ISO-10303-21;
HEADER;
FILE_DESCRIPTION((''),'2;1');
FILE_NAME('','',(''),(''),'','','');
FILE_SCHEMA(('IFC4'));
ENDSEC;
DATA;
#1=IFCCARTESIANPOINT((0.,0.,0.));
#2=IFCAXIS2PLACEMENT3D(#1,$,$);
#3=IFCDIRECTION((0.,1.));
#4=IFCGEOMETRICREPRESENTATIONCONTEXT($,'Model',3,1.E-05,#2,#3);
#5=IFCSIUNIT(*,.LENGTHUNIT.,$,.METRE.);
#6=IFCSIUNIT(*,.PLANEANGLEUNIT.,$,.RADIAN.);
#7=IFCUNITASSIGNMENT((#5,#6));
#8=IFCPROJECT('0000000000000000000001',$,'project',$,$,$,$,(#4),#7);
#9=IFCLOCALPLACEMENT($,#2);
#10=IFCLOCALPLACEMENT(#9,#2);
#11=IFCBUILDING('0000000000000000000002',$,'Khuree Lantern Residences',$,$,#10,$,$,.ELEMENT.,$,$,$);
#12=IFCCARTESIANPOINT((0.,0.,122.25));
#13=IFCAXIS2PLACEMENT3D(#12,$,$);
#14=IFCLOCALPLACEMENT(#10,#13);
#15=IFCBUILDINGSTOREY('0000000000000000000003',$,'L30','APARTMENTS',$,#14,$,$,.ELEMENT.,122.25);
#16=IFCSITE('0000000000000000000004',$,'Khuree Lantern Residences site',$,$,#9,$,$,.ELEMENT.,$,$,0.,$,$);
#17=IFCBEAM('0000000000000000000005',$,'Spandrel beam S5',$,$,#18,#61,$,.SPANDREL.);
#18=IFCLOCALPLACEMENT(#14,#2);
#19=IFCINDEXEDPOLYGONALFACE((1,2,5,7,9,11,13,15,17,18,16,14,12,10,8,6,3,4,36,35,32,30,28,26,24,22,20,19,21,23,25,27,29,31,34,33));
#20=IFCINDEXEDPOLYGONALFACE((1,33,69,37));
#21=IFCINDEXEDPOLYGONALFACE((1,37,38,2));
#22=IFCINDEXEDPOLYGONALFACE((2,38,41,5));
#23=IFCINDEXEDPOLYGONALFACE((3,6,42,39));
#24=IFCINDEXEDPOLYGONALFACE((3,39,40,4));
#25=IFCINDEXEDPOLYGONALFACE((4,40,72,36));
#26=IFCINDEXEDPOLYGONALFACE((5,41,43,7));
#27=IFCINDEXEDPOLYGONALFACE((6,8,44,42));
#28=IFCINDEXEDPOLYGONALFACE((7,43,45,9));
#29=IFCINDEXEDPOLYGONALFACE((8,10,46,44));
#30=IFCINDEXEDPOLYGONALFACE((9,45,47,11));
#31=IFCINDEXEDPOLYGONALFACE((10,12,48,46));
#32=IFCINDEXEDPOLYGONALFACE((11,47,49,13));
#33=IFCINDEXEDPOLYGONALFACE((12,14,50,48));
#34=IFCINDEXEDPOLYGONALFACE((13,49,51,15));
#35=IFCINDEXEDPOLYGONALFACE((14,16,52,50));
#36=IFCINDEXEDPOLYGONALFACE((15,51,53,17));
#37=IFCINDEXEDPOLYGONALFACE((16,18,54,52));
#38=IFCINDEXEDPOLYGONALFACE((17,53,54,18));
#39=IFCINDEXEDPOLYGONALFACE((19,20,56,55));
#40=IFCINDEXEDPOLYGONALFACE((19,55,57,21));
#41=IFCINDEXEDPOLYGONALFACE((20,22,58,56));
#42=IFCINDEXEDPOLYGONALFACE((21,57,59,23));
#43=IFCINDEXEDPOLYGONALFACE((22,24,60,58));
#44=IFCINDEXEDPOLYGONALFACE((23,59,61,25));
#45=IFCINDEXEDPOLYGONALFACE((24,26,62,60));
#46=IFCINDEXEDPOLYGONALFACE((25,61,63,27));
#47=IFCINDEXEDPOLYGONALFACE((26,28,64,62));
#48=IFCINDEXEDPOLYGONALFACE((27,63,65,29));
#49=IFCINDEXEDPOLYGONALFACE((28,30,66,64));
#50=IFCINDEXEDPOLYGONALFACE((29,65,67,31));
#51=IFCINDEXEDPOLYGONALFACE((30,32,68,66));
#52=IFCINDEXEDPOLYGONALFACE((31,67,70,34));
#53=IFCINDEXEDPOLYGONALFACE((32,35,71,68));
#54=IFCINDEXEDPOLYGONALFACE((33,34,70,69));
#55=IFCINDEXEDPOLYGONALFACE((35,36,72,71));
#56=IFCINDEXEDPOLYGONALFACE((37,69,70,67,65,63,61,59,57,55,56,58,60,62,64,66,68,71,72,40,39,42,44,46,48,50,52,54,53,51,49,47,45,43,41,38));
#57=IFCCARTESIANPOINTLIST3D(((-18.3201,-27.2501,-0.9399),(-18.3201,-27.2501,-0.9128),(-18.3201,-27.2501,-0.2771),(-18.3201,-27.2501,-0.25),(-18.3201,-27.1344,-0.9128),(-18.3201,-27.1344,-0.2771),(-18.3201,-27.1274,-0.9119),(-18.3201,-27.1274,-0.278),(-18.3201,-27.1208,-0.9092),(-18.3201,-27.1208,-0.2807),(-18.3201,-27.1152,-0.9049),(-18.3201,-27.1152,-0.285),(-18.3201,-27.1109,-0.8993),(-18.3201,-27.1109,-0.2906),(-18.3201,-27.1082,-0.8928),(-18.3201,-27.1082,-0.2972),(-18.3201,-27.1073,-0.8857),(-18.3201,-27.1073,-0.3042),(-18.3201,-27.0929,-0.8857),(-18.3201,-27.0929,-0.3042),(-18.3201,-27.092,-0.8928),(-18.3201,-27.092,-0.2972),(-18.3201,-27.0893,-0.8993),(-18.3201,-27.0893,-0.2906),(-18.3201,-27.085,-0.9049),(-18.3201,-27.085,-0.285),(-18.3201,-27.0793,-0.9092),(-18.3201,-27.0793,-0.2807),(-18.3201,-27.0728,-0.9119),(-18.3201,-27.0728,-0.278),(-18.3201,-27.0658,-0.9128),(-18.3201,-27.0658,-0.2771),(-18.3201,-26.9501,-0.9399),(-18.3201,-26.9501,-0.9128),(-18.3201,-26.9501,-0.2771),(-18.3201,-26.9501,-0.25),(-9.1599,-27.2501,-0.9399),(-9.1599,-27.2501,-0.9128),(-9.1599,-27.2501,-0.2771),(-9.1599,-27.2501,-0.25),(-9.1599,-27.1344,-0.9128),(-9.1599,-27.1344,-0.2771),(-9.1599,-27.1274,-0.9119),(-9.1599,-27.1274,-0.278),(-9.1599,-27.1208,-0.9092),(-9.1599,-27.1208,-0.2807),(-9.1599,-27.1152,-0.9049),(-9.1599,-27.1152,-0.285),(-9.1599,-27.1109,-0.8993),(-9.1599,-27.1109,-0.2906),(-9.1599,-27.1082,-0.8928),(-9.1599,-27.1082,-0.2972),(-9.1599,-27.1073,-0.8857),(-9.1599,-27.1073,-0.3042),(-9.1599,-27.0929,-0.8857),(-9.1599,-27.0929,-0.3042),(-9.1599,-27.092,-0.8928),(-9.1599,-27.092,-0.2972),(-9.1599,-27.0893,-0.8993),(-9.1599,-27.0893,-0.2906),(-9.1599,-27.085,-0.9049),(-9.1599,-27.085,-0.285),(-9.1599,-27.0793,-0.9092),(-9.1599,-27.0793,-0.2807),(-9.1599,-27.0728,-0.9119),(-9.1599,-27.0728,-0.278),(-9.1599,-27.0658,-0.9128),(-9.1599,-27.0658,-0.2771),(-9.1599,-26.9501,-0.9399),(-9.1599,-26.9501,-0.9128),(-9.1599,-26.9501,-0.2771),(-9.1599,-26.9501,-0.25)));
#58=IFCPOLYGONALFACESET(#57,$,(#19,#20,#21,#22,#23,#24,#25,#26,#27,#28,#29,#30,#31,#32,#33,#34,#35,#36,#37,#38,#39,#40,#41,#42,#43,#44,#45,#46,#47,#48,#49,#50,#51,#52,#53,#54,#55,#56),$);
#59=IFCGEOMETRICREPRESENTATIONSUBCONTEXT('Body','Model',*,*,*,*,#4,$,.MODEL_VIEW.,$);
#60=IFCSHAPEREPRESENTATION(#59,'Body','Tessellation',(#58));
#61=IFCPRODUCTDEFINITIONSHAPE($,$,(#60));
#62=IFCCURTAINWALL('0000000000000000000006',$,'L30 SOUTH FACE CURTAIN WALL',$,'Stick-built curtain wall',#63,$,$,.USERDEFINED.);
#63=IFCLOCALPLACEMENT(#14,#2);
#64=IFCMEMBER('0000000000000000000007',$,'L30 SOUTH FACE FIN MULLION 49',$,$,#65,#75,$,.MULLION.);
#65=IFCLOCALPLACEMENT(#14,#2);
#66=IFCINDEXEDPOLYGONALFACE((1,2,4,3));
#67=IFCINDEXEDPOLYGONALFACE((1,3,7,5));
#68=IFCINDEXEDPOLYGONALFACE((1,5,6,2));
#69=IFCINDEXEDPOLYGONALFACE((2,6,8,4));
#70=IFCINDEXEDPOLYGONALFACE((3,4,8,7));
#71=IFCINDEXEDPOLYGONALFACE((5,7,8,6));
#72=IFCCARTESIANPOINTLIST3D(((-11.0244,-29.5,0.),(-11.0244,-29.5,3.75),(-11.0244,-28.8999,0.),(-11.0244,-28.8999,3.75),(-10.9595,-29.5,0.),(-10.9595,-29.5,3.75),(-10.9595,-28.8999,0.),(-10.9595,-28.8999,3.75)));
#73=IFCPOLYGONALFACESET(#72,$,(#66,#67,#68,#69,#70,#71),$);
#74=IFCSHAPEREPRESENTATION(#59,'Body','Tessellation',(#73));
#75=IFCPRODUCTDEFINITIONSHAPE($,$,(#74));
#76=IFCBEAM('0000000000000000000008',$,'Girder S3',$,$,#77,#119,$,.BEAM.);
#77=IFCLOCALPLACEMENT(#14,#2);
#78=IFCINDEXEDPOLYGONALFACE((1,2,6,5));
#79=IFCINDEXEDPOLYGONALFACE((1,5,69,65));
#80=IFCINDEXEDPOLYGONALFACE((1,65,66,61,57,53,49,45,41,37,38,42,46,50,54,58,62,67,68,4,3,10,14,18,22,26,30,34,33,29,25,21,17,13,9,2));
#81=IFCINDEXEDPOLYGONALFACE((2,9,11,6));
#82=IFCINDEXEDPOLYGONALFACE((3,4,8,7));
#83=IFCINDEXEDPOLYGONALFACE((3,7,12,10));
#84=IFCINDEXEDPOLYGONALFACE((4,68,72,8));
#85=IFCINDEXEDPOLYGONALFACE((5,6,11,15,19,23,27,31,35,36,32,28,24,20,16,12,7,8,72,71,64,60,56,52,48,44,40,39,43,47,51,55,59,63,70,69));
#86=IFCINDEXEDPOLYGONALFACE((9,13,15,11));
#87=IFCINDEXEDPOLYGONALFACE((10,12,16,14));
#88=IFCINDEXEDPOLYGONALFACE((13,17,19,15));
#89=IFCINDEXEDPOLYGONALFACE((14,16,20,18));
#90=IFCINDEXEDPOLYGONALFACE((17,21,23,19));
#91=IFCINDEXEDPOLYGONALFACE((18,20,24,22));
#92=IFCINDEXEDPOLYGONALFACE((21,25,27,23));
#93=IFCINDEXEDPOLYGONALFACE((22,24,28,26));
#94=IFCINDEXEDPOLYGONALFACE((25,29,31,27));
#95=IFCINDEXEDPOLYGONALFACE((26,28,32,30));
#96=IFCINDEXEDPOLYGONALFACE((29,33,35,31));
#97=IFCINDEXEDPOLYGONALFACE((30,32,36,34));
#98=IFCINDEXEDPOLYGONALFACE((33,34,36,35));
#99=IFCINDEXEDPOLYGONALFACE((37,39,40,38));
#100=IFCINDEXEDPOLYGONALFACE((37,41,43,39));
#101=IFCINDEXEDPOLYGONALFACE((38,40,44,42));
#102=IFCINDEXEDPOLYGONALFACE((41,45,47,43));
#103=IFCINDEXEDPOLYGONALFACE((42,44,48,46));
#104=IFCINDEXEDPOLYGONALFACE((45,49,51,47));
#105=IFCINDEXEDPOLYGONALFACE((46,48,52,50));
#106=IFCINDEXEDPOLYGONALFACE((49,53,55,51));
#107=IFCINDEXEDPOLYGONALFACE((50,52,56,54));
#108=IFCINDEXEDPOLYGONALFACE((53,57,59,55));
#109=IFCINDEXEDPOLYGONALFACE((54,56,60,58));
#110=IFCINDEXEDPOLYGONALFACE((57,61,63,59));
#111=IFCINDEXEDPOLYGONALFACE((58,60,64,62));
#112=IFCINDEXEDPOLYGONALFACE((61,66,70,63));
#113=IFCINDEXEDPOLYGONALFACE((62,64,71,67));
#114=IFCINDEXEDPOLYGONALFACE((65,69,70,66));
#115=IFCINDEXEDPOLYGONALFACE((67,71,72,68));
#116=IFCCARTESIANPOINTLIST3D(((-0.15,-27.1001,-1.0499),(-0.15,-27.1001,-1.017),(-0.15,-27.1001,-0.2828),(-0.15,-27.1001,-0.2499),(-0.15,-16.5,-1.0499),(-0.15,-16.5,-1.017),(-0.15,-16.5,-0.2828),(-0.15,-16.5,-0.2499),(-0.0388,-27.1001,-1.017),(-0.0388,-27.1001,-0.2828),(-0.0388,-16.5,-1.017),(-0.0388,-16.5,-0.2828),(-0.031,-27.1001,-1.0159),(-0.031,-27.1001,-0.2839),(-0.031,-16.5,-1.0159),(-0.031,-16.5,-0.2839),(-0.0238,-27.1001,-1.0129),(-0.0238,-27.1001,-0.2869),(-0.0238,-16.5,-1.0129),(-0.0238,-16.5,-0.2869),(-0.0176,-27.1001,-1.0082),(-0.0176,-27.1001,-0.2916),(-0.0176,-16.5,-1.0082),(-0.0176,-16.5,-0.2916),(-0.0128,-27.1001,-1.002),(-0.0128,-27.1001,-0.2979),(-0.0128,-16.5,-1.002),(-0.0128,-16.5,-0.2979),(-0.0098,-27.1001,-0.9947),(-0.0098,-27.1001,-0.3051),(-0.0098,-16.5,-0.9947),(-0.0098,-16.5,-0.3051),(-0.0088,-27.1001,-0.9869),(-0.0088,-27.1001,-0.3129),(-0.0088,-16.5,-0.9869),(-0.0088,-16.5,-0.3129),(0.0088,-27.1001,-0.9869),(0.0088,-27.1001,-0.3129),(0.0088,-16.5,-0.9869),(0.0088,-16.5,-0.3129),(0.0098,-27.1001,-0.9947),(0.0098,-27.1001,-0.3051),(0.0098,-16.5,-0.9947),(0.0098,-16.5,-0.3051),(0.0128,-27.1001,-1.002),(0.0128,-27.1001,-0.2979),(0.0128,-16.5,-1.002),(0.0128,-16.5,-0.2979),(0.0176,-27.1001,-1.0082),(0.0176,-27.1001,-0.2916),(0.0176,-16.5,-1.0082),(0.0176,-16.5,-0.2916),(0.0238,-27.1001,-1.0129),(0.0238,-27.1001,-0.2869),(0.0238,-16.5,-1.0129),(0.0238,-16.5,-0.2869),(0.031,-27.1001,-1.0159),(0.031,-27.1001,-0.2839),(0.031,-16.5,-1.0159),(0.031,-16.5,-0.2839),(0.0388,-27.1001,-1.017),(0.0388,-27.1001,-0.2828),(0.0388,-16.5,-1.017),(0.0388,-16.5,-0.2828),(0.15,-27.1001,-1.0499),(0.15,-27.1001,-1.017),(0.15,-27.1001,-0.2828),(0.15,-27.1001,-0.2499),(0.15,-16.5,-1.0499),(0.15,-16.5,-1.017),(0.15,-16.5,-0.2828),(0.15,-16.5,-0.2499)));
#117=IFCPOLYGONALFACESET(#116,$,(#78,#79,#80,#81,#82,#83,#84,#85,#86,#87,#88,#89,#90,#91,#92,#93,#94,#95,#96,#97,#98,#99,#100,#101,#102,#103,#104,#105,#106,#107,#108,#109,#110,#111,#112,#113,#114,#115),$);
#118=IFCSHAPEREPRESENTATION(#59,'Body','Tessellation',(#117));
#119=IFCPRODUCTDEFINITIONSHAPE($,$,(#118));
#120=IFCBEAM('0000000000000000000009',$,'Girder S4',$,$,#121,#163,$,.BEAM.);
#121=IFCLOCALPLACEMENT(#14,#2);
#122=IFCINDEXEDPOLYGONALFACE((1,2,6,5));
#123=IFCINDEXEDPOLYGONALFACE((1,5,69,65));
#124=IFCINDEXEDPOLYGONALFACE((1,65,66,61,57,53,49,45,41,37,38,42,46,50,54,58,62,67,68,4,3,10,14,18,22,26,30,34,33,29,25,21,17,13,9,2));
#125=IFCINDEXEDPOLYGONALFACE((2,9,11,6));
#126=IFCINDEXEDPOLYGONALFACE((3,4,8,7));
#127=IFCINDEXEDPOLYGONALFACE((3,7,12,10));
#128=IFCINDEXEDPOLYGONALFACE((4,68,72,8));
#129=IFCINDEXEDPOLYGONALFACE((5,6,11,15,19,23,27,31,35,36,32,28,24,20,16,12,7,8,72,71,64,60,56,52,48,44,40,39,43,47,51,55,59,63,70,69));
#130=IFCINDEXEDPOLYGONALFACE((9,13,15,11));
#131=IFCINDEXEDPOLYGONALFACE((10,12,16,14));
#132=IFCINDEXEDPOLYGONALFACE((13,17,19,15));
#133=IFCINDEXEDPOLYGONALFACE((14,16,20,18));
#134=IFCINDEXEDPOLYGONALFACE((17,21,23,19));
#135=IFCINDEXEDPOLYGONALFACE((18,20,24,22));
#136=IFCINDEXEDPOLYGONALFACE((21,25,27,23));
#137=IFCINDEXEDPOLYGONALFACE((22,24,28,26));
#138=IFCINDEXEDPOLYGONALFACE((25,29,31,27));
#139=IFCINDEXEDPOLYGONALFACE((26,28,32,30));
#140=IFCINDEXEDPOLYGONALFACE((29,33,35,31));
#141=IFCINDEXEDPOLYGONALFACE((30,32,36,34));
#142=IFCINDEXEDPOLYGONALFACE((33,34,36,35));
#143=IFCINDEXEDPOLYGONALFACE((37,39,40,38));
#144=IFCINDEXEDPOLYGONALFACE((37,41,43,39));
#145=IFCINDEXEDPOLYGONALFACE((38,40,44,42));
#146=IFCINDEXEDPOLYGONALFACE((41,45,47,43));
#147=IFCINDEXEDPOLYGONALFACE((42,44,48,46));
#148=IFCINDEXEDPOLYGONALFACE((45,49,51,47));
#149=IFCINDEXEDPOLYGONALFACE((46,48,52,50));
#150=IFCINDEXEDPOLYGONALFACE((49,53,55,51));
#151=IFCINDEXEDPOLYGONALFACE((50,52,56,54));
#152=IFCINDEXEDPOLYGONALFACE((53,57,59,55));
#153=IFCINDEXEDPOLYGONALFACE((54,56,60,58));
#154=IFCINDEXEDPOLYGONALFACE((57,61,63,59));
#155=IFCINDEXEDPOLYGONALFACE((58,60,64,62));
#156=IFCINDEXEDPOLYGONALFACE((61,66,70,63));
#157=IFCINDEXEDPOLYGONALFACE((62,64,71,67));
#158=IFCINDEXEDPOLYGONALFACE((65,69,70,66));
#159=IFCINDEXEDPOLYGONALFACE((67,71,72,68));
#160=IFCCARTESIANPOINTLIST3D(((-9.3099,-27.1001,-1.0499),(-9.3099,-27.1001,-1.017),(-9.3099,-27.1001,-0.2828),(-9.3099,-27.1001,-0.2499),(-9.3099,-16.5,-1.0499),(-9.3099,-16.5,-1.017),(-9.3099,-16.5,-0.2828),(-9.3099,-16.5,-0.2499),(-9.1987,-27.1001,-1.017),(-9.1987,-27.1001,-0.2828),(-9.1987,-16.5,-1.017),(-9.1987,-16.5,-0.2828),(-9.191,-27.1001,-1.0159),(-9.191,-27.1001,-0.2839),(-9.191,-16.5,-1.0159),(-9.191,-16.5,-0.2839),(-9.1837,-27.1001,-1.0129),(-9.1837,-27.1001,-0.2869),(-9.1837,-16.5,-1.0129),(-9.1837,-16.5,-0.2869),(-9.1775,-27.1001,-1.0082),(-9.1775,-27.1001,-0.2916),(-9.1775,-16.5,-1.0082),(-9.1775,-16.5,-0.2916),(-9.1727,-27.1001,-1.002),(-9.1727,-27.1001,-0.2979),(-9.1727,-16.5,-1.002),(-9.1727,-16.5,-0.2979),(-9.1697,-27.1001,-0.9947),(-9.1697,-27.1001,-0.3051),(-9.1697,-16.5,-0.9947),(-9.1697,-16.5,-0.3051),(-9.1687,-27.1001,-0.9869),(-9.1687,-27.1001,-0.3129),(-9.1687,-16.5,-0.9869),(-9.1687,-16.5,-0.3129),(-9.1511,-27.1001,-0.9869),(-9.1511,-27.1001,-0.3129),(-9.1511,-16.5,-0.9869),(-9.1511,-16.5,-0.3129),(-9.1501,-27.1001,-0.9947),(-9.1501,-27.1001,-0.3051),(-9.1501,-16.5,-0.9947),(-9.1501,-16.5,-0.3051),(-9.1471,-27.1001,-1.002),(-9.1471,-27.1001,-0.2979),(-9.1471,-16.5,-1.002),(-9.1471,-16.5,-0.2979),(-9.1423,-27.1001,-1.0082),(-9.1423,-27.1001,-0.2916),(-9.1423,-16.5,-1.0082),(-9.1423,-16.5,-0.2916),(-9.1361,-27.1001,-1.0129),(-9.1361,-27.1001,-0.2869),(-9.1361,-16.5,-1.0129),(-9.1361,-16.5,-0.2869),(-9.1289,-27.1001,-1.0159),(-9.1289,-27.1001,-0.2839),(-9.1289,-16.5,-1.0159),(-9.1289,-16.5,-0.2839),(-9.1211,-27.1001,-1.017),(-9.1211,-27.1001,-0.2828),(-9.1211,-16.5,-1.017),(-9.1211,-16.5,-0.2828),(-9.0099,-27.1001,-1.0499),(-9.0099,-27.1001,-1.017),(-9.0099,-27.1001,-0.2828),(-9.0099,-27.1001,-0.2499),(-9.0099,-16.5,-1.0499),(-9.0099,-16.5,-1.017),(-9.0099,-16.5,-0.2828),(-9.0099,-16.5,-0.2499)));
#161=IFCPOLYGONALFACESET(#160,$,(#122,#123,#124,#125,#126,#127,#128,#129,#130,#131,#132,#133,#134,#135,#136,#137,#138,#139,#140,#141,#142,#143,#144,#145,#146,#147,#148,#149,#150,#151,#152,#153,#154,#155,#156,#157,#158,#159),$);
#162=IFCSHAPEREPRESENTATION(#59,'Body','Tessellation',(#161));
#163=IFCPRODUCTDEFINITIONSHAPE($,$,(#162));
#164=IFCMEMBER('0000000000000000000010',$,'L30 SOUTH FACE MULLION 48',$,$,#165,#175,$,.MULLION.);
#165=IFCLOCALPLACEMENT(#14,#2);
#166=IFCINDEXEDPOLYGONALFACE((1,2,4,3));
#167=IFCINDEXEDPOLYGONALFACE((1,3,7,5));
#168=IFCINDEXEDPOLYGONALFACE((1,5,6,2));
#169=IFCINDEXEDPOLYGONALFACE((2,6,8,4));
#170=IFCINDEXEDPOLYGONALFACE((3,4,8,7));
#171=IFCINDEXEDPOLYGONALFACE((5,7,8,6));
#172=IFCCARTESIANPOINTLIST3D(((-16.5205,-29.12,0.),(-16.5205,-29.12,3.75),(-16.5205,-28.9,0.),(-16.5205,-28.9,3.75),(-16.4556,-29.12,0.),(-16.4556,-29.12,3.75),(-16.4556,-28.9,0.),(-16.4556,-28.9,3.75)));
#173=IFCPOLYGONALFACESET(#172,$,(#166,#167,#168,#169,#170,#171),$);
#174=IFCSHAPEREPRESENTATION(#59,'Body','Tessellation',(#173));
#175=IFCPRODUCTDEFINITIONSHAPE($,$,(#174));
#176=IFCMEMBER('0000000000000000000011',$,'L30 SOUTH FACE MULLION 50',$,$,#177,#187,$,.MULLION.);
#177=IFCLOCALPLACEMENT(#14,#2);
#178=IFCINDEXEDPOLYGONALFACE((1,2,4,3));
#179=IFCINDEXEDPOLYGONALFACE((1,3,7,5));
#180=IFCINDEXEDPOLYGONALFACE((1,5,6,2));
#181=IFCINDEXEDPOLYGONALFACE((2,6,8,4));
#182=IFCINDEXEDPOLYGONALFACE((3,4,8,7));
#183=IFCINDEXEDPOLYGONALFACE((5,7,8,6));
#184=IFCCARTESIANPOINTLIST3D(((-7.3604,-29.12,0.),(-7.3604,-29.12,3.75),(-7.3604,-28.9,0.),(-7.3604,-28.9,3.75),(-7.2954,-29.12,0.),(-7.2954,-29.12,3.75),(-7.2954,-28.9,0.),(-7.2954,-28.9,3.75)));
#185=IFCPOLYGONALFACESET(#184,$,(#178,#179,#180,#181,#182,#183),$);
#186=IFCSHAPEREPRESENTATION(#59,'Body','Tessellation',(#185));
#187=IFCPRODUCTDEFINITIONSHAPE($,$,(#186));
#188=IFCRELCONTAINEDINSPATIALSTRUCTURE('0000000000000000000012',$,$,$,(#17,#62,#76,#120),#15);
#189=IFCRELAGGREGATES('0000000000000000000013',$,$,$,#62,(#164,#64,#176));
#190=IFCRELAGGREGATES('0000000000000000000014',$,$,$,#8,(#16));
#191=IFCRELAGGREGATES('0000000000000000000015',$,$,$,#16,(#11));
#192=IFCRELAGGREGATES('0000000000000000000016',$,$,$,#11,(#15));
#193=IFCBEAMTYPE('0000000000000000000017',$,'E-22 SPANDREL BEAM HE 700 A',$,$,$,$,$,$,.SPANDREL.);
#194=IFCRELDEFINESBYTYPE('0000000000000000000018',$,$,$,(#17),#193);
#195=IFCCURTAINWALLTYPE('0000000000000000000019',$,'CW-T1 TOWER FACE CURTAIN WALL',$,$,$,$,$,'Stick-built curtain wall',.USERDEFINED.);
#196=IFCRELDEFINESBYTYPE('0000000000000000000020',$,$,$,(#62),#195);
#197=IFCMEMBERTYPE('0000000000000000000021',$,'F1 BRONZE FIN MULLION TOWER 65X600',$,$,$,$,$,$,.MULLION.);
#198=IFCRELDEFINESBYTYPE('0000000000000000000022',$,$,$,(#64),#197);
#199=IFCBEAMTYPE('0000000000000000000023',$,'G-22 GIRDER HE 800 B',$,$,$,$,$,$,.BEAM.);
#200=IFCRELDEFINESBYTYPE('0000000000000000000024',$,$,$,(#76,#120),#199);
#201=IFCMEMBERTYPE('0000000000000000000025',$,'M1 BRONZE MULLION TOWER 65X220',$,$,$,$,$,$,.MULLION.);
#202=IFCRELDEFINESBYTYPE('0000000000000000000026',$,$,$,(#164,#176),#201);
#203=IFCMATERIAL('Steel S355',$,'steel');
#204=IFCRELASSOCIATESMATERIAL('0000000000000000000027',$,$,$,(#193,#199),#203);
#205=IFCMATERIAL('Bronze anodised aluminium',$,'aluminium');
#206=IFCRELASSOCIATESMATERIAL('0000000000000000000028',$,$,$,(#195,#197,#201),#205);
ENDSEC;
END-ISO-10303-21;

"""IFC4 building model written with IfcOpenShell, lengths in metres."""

from ifc_helpers import new_model, si_unit, direction, frame, origin, origin_2d, place, context, subcontext, project, spatial, rectangle, i_section, extrude, material, material_profile, profile_set, type_object, element, aggregate, save


model = new_model("IFC4")

# Units and contexts
model_context = context("Model", 3, precision=1e-05, world=origin(), true_north=direction((0.0, 1.0)))
body_context = subcontext(model_context, "Body", "Model", "MODEL_VIEW")
ifc_project = project(units=[si_unit("LENGTHUNIT", "METRE"), si_unit("PLANEANGLEUNIT", "RADIAN")], contexts=[model_context])

# Site, building, storey
site_placement = place(None, origin())
site = spatial("IfcSite", under=ifc_project, at=site_placement, Name="Khuree Lantern Residences site", CompositionType="ELEMENT", RefElevation=0.0)
building_placement = place(site_placement, origin())
building = spatial("IfcBuilding", under=site, at=building_placement, Name="Khuree Lantern Residences", CompositionType="ELEMENT")
storey_placement = place(building_placement, frame((0.0, 0.0, 122.25)))
storey = spatial("IfcBuildingStorey", under=building, at=storey_placement, Name="L30", Description="APARTMENTS", CompositionType="ELEMENT", Elevation=122.25)

# Beam
ifc_material_1 = material(Name="Steel S355", Category="steel")
ifc_material_profile_1 = material_profile(ifc_material_1, i_section(OverallWidth=0.3, OverallDepth=0.6899, WebThickness=0.0144, FlangeThickness=0.0271, FilletRadius=0.0271, at=origin_2d()), Name="HE 700 A")
ifc_profile_set_1 = profile_set([ifc_material_profile_1], Name="Steel S355")
beam_type_1 = type_object("IfcBeamType", Name="E-22 SPANDREL BEAM HE 700 A", PredefinedType="SPANDREL", material=ifc_profile_set_1)
beam_1_placement = place(storey_placement, frame((-9.1599, -27.1001, -0.595), z_axis=(-1.0, 0.0, 0.0), x_axis=(0.0, -1.0, 0.0)))
element("IfcBeam", 1, at=beam_1_placement, inside=storey, type_object=beam_type_1, Name="Spandrel beam S5", PredefinedType="SPANDREL", context=body_context, shape_type="SweptSolid", body=[
    extrude(i_section(OverallWidth=0.3, OverallDepth=0.6899, WebThickness=0.0144, FlangeThickness=0.0271, FilletRadius=0.0271, at=origin_2d()), origin(), (0.0, 0.0, 1.0), 9.1602),
])

# Curtain wall, member
ifc_material_2 = material(Name="Bronze anodised aluminium", Category="aluminium")
curtain_wall_type = type_object("IfcCurtainWallType", Name="CW-T1 TOWER FACE CURTAIN WALL", ElementType="Stick-built curtain wall", PredefinedType="USERDEFINED", material=ifc_material_2)
curtain_wall_placement = place(storey_placement, origin())
curtain_wall = element("IfcCurtainWall", 2, at=curtain_wall_placement, inside=storey, type_object=curtain_wall_type, Name="L30 SOUTH FACE CURTAIN WALL", ObjectType="Stick-built curtain wall", PredefinedType="USERDEFINED")
ifc_material_profile_2 = material_profile(ifc_material_2, rectangle(XDim=0.0649, YDim=0.6001, at=origin_2d()), Name="F1 65X600")
ifc_profile_set_2 = profile_set([ifc_material_profile_2], Name="Bronze anodised aluminium")
member_type_1 = type_object("IfcMemberType", Name="F1 BRONZE FIN MULLION TOWER 65X600", PredefinedType="MULLION", material=ifc_profile_set_2)
member_1_placement = place(storey_placement, frame((-10.9919, -29.2, 0.0), z_axis=(0.0, 0.0, 1.0), x_axis=(1.0, 0.0, 0.0)))
member_1 = element("IfcMember", 3, at=member_1_placement, type_object=member_type_1, Name="L30 SOUTH FACE FIN MULLION 49", PredefinedType="MULLION", context=body_context, shape_type="SweptSolid", body=[
    extrude(rectangle(XDim=0.0649, YDim=0.6001, at=origin_2d()), origin(), (0.0, 0.0, 1.0), 3.75),
])

# Beams
ifc_material_profile_3 = material_profile(ifc_material_1, i_section(OverallWidth=0.3, OverallDepth=0.8, WebThickness=0.0176, FlangeThickness=0.033, FilletRadius=0.03, at=origin_2d()), Name="HE 800 B")
ifc_profile_set_3 = profile_set([ifc_material_profile_3], Name="Steel S355")
beam_type_2 = type_object("IfcBeamType", Name="G-22 GIRDER HE 800 B", PredefinedType="BEAM", material=ifc_profile_set_3)
for number, where, z_axis, x_axis, name in (
    (4, (0.0, -27.1001, -0.6499), (0.0, 1.0, 0.0), (-1.0, 0.0, 0.0), "Girder S3"),
    (5, (-9.1599, -27.1001, -0.6499), (0.0, 1.0, 0.0), (-1.0, 0.0, 0.0), "Girder S4"),
):
    element("IfcBeam", number, at=place(storey_placement, frame(where, z_axis=z_axis, x_axis=x_axis)), inside=storey, type_object=beam_type_2, Name=name, PredefinedType="BEAM", context=body_context, shape_type="SweptSolid", body=[
        extrude(i_section(OverallWidth=0.3, OverallDepth=0.8, WebThickness=0.0176, FlangeThickness=0.033, FilletRadius=0.03, at=origin_2d()), origin(), (0.0, 0.0, 1.0), 10.6001),
    ])

# Members
ifc_material_profile_4 = material_profile(ifc_material_2, rectangle(XDim=0.0649, YDim=0.22, at=origin_2d()), Name="M1 65X220")
ifc_profile_set_4 = profile_set([ifc_material_profile_4], Name="Bronze anodised aluminium")
member_type_2 = type_object("IfcMemberType", Name="M1 BRONZE MULLION TOWER 65X220", PredefinedType="MULLION", material=ifc_profile_set_4)
member_2_placement = place(storey_placement, frame((-16.488, -29.01, 0.0), z_axis=(0.0, 0.0, 1.0), x_axis=(1.0, 0.0, 0.0)))
member_2 = element("IfcMember", 6, at=member_2_placement, type_object=member_type_2, Name="L30 SOUTH FACE MULLION 48", PredefinedType="MULLION", context=body_context, shape_type="SweptSolid", body=[
    extrude(rectangle(XDim=0.0649, YDim=0.22, at=origin_2d()), origin(), (0.0, 0.0, 1.0), 3.75),
])
member_3_placement = place(storey_placement, frame((-7.3279, -29.01, 0.0), z_axis=(0.0, 0.0, 1.0), x_axis=(1.0, 0.0, 0.0)))
member_3 = element("IfcMember", 7, at=member_3_placement, type_object=member_type_2, Name="L30 SOUTH FACE MULLION 50", PredefinedType="MULLION", context=body_context, shape_type="SweptSolid", body=[
    extrude(rectangle(XDim=0.0649, YDim=0.22, at=origin_2d()), origin(), (0.0, 0.0, 1.0), 3.75),
])

aggregate(curtain_wall, [member_2, member_1, member_3])

save(model, "model.ifc")
